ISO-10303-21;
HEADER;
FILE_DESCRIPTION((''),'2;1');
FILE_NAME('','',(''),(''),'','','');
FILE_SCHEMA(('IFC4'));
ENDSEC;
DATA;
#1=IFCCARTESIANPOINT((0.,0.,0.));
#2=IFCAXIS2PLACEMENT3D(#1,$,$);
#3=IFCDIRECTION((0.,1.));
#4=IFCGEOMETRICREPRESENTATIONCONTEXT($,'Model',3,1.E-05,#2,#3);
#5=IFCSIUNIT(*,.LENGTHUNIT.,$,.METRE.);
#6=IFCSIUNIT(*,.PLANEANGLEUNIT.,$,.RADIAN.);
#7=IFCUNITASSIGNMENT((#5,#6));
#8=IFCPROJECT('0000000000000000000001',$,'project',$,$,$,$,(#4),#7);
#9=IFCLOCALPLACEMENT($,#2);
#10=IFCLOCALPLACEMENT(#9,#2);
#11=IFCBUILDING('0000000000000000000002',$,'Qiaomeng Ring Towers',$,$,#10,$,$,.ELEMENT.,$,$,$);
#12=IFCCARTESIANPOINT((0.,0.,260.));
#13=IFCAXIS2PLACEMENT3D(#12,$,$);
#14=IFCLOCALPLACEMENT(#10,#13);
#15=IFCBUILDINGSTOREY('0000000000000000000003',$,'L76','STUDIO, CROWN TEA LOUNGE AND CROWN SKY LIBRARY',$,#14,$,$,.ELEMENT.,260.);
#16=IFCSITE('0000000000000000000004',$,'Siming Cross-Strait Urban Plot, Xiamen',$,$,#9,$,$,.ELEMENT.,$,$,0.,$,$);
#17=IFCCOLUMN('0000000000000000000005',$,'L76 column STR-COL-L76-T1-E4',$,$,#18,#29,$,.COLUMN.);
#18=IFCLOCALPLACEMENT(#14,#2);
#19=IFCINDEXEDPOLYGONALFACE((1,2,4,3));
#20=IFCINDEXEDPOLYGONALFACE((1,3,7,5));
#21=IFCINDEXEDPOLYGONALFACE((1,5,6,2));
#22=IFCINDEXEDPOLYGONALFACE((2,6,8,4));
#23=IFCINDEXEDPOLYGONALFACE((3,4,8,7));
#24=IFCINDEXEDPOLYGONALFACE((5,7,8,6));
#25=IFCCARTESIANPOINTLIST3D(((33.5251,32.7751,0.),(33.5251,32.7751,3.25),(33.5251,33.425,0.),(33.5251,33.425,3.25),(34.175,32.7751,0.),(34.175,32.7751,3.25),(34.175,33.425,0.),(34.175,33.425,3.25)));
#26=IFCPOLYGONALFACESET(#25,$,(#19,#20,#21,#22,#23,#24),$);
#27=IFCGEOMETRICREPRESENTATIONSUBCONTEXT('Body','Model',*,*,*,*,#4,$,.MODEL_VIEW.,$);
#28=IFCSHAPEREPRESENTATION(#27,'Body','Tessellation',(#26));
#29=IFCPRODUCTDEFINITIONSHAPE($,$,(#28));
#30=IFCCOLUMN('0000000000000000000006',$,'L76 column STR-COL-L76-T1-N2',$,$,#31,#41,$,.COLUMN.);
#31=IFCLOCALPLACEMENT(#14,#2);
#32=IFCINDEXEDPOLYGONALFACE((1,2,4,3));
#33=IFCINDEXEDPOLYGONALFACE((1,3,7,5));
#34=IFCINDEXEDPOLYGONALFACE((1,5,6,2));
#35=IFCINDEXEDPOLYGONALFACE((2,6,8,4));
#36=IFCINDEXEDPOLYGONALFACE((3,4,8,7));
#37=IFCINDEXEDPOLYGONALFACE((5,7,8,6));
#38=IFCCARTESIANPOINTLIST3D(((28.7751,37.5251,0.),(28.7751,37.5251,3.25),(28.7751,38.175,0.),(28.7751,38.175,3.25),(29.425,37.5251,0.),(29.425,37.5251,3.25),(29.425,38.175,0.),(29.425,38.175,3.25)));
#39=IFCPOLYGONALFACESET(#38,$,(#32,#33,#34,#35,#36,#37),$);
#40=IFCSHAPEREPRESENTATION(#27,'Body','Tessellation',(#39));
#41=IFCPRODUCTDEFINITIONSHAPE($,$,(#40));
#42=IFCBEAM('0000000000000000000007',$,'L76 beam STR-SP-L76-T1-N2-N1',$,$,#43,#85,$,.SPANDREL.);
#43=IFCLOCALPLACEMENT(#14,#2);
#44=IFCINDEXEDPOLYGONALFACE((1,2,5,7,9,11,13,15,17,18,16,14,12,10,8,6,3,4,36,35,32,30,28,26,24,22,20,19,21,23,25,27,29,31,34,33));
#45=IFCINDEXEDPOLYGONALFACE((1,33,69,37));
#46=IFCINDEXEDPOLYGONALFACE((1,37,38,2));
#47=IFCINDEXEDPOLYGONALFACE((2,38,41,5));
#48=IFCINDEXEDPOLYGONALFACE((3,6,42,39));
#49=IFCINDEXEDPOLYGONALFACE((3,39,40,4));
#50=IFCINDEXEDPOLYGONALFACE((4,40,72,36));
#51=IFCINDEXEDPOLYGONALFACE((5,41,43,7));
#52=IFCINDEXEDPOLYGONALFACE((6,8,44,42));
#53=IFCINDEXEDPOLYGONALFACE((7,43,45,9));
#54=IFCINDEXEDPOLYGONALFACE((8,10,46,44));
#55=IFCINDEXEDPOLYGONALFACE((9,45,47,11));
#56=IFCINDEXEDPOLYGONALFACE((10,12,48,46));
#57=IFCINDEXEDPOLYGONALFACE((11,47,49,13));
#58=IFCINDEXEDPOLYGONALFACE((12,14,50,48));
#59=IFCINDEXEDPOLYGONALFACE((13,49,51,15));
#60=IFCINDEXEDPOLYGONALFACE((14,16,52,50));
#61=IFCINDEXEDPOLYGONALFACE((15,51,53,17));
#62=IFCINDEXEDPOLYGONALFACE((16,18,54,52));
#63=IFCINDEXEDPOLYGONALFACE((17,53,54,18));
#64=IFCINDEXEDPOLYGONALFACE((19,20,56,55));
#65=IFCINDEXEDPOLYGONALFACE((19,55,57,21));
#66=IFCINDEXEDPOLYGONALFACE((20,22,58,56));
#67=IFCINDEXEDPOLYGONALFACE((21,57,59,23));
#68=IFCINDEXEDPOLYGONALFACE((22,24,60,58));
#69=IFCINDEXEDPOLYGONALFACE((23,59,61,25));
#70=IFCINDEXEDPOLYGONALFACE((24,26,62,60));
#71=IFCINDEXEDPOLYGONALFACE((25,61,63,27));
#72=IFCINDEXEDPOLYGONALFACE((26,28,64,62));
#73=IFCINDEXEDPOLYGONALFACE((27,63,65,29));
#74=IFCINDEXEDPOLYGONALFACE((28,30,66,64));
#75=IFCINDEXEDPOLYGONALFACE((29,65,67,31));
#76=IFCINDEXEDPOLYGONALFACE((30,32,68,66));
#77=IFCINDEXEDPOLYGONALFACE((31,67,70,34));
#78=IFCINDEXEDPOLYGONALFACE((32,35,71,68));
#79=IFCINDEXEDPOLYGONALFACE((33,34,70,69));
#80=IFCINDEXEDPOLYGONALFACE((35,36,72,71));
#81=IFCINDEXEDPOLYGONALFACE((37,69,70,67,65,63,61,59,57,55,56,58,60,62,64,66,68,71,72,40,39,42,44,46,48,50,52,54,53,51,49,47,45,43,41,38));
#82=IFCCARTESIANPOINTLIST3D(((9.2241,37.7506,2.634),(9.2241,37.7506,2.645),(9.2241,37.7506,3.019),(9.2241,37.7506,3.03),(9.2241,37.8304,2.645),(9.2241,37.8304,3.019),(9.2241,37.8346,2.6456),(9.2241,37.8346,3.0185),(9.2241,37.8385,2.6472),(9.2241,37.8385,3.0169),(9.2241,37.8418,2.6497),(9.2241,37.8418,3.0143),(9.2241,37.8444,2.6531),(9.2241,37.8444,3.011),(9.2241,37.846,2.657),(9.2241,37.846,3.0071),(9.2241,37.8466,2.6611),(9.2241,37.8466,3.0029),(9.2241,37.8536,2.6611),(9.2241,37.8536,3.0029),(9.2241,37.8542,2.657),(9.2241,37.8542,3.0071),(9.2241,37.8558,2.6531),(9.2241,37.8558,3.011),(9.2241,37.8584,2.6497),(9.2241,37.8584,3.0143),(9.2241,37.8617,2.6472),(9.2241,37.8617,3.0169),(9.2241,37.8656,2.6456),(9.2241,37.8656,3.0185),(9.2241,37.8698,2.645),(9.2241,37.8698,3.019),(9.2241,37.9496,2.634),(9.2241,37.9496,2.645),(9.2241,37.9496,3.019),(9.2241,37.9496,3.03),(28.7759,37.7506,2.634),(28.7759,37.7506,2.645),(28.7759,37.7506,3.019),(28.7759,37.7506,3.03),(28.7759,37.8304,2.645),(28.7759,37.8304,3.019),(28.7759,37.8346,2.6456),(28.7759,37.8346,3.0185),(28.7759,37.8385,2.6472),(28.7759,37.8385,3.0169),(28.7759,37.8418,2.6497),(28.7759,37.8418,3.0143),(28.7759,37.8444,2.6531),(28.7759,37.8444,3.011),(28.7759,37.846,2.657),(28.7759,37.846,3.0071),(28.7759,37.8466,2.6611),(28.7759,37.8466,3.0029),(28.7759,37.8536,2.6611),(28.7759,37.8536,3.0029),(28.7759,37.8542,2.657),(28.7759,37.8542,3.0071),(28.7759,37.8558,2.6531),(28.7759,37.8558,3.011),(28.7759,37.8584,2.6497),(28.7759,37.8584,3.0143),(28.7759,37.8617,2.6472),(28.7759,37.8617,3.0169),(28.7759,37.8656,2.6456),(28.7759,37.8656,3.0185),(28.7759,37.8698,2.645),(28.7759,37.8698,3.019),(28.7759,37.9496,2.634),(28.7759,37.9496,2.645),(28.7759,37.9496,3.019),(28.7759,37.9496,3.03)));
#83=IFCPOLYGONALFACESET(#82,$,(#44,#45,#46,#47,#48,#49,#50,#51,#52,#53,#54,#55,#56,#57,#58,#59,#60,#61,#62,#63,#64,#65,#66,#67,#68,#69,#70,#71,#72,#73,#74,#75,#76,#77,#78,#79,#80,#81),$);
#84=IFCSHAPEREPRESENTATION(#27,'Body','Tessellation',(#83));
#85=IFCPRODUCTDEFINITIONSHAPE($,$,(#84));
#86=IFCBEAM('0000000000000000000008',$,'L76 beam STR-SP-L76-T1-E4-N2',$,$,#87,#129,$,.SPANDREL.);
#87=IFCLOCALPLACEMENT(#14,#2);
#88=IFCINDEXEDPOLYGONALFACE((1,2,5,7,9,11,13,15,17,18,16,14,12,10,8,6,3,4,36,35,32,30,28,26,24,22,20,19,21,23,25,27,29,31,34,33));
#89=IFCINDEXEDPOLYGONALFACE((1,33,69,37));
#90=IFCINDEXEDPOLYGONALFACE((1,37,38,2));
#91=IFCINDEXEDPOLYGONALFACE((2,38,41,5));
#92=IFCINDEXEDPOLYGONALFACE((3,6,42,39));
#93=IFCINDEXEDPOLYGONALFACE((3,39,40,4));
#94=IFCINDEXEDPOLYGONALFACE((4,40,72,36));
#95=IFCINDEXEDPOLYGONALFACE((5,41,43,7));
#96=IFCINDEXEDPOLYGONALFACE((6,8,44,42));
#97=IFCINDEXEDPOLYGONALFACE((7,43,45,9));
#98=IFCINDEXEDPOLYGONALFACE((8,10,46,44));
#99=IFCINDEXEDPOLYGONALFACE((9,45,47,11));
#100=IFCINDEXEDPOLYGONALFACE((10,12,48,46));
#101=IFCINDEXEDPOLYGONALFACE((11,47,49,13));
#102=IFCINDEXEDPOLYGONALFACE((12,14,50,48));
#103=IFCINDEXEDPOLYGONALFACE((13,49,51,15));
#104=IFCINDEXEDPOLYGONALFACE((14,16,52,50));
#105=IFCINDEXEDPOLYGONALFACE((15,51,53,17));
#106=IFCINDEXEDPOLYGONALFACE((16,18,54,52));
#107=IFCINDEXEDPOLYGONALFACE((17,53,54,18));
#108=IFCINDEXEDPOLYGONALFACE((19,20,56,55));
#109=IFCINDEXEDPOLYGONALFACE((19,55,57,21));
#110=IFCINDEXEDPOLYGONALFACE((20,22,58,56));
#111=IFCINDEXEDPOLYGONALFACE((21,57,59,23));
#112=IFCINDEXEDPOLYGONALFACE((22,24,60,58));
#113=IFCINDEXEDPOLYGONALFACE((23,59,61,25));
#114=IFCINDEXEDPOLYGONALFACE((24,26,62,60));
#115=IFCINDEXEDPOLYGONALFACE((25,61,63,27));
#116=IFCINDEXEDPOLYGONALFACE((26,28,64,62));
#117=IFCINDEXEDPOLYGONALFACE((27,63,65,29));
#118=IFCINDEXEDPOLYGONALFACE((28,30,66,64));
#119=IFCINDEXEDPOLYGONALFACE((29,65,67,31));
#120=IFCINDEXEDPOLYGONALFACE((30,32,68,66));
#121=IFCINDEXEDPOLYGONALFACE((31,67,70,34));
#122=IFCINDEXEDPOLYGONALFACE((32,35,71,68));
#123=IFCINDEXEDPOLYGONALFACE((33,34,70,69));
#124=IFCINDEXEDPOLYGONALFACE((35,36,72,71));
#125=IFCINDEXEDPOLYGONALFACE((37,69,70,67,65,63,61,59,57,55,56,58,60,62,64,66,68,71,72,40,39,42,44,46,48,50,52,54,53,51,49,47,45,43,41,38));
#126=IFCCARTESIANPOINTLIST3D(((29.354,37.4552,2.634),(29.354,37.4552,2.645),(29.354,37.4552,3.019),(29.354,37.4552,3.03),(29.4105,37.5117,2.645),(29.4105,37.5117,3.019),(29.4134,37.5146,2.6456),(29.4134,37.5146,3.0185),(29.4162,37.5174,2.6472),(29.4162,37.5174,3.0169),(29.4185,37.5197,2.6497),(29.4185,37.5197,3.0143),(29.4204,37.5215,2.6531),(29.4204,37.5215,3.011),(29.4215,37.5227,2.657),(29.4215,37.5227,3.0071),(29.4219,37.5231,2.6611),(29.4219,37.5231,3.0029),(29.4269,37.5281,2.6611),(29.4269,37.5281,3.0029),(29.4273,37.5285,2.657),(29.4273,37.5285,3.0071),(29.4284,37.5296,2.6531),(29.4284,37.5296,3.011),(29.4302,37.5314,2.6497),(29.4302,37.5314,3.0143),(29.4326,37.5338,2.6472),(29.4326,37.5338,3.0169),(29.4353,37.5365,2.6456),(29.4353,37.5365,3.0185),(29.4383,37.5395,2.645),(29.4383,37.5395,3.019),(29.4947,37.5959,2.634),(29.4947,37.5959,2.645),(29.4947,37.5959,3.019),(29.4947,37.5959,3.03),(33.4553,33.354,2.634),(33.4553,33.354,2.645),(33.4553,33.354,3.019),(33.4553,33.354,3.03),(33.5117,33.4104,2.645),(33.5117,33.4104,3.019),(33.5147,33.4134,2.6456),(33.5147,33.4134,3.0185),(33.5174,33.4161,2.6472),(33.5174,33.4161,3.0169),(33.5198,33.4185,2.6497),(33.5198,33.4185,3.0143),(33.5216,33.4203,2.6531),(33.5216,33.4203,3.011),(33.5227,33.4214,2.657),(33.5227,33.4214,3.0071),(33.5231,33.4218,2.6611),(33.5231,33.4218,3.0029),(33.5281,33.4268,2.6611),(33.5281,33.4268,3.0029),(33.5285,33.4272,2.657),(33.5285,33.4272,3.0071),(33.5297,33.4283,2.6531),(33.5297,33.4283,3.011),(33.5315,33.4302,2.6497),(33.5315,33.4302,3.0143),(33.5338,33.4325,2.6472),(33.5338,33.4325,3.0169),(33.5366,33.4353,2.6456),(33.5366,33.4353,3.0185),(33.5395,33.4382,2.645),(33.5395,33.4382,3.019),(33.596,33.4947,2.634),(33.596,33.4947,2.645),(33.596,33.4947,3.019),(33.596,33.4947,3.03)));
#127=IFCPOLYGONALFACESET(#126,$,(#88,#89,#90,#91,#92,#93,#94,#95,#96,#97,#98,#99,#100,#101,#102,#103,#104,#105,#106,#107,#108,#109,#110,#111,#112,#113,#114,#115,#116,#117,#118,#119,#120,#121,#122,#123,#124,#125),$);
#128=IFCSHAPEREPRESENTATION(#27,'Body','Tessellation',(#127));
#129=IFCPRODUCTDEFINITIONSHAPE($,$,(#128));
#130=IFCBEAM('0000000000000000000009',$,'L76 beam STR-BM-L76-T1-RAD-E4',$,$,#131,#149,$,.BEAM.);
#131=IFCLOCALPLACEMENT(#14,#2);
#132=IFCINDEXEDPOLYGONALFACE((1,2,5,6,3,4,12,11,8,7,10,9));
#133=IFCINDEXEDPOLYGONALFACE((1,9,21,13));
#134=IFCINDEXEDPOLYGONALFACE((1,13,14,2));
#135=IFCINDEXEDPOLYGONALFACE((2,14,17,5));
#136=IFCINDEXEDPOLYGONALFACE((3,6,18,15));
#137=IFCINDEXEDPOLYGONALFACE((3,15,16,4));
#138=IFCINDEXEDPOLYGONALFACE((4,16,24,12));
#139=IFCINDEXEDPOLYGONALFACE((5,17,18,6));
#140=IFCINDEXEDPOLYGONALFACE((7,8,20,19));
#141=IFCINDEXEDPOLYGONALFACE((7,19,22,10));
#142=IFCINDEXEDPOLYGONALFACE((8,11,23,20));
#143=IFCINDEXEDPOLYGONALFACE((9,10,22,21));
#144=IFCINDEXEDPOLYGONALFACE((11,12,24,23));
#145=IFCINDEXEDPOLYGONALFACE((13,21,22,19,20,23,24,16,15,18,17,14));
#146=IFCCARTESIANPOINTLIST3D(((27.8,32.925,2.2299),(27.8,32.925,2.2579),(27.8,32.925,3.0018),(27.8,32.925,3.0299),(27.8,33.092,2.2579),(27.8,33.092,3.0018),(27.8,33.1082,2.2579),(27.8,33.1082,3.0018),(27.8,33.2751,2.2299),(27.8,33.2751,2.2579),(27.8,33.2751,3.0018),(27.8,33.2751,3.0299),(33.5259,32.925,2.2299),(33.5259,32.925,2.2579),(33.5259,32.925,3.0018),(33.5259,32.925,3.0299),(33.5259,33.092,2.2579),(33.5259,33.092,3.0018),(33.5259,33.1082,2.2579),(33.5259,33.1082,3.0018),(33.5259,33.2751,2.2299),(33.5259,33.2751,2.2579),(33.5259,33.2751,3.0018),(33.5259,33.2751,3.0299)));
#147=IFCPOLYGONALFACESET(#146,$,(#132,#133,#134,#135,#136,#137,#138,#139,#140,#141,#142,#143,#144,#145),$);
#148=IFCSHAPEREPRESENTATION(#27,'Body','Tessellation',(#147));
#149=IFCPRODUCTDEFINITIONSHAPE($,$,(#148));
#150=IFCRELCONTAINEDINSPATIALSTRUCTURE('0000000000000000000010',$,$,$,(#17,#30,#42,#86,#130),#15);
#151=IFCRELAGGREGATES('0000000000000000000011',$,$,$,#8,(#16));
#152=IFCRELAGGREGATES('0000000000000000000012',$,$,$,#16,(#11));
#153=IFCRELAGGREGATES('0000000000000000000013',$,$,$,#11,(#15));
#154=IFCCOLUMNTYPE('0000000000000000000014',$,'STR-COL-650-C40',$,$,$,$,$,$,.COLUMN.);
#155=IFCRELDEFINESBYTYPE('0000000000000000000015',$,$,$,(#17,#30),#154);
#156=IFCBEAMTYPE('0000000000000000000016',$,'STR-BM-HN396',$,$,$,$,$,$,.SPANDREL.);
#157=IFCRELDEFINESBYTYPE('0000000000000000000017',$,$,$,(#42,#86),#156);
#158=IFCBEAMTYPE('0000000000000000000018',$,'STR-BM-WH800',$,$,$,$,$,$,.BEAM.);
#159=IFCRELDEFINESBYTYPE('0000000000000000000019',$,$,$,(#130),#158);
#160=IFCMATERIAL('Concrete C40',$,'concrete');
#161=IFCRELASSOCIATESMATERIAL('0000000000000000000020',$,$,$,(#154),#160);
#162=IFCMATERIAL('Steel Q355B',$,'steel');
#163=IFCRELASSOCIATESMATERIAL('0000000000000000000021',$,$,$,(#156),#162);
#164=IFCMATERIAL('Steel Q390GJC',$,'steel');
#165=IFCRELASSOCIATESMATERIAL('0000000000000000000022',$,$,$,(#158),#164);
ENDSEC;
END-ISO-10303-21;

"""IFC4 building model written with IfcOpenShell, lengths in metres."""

from ifc_helpers import new_model, si_unit, direction, frame, origin, origin_2d, place, context, subcontext, project, spatial, rectangle, i_section, extrude, source, transform, mapped, material, material_profile, profile_set, type_object, element, save


model = new_model("IFC4")

# Units and contexts
model_context = context("Model", 3, precision=1e-05, world=origin(), true_north=direction((0.0, 1.0)))
body_context = subcontext(model_context, "Body", "Model", "MODEL_VIEW")
ifc_project = project(units=[si_unit("LENGTHUNIT", "METRE"), si_unit("PLANEANGLEUNIT", "RADIAN")], contexts=[model_context])

# Site, building, storey
site_placement = place(None, origin())
site = spatial("IfcSite", under=ifc_project, at=site_placement, Name="Siming Cross-Strait Urban Plot, Xiamen", CompositionType="ELEMENT", RefElevation=0.0)
building_placement = place(site_placement, origin())
building = spatial("IfcBuilding", under=site, at=building_placement, Name="Qiaomeng Ring Towers", CompositionType="ELEMENT")
storey_placement = place(building_placement, frame((0.0, 0.0, 260.0)))
storey = spatial("IfcBuildingStorey", under=building, at=storey_placement, Name="L76", Description="STUDIO, CROWN TEA LOUNGE AND CROWN SKY LIBRARY", CompositionType="ELEMENT", Elevation=260.0)

# Columns
ifc_material_1 = material(Name="Concrete C40", Category="concrete")
ifc_material_profile_1 = material_profile(ifc_material_1, rectangle(XDim=0.6499, YDim=0.6499, at=origin_2d()), Name="RC COL 650x650")
ifc_profile_set_1 = profile_set([ifc_material_profile_1], Name="Concrete C40")
column_type = type_object("IfcColumnType", Name="STR-COL-650-C40", PredefinedType="COLUMN", material=ifc_profile_set_1)
shared_shape_1 = source(origin(), body_context, "Body", "SweptSolid", [
    extrude(rectangle(XDim=0.6499, YDim=0.6499, at=origin_2d()), origin(), (0.0, 0.0, 1.0), 3.25),
])
for number, where, z_axis, x_axis, name in (
    (1, (33.8501, 33.1001, 0.0), (0.0, 0.0, 1.0), (1.0, 0.0, 0.0), "L76 column STR-COL-L76-T1-E4"),
    (2, (29.1001, 37.8501, 0.0), (0.0, 0.0, 1.0), (1.0, 0.0, 0.0), "L76 column STR-COL-L76-T1-N2"),
):
    element("IfcColumn", number, at=place(storey_placement, frame(where, z_axis=z_axis, x_axis=x_axis)), inside=storey, type_object=column_type, Name=name, PredefinedType="COLUMN", context=body_context, shape_type="MappedRepresentation", body=[
        mapped(shared_shape_1, transform((0.0, 0.0, 0.0), x_axis=(1.0, 0.0, 0.0), y_axis=(0.0, 1.0, 0.0), z_axis=(0.0, 0.0, 1.0), scale=1.0)),
    ])

# Beams
ifc_material_2 = material(Name="Steel Q355B", Category="steel")
ifc_material_profile_2 = material_profile(ifc_material_2, i_section(OverallWidth=0.199, OverallDepth=0.396, WebThickness=0.0071, FlangeThickness=0.011, FilletRadius=0.0161, at=origin_2d()), Name="HN 396x199x7x11")
ifc_profile_set_2 = profile_set([ifc_material_profile_2], Name="Steel Q355B")
beam_type_1 = type_object("IfcBeamType", Name="STR-BM-HN396", PredefinedType="SPANDREL", material=ifc_profile_set_2)
shared_shape_2 = source(origin(), body_context, "Body", "SweptSolid", [
    extrude(i_section(OverallWidth=0.199, OverallDepth=0.396, WebThickness=0.0071, FlangeThickness=0.011, FilletRadius=0.0161, at=origin_2d()), origin(), (0.0, 0.0, 1.0), 19.5518),
])
beam_1_placement = place(storey_placement, frame((28.7759, 37.8501, 2.832), z_axis=(-1.0, 0.0, 0.0), x_axis=(0.0, -1.0, 0.0)))
element("IfcBeam", 3, at=beam_1_placement, inside=storey, type_object=beam_type_1, Name="L76 beam STR-SP-L76-T1-N2-N1", PredefinedType="SPANDREL", context=body_context, shape_type="MappedRepresentation", body=[
    mapped(shared_shape_2, transform((0.0, 0.0, 0.0), x_axis=(1.0, 0.0, 0.0), y_axis=(0.0, 1.0, 0.0), z_axis=(0.0, 0.0, 1.0), scale=1.0)),
])
shared_shape_3 = source(origin(), body_context, "Body", "SweptSolid", [
    extrude(i_section(OverallWidth=0.199, OverallDepth=0.396, WebThickness=0.0071, FlangeThickness=0.011, FilletRadius=0.0161, at=origin_2d()), origin(), (0.0, 0.0, 1.0), 5.8),
])
beam_2_placement = place(storey_placement, frame((33.5256, 33.4243, 2.832), z_axis=(-0.707107, 0.707107, 0.0), x_axis=(-0.707107, -0.707107, 0.0)))
element("IfcBeam", 4, at=beam_2_placement, inside=storey, type_object=beam_type_1, Name="L76 beam STR-SP-L76-T1-E4-N2", PredefinedType="SPANDREL", context=body_context, shape_type="MappedRepresentation", body=[
    mapped(shared_shape_3, transform((0.0, 0.0, 0.0), x_axis=(1.0, 0.0, 0.0), y_axis=(0.0, 1.0, 0.0), z_axis=(0.0, 0.0, 1.0), scale=1.0)),
])
ifc_material_3 = material(Name="Steel Q390GJC", Category="steel")
ifc_material_profile_3 = material_profile(ifc_material_3, i_section(OverallWidth=0.3501, OverallDepth=0.8, WebThickness=0.0161, FlangeThickness=0.0281, at=origin_2d()), Name="WH 800x350x16x28")
ifc_profile_set_3 = profile_set([ifc_material_profile_3], Name="Steel Q390GJC")
beam_type_2 = type_object("IfcBeamType", Name="STR-BM-WH800", PredefinedType="BEAM", material=ifc_profile_set_3)
shared_shape_4 = source(origin(), body_context, "Body", "SweptSolid", [
    extrude(i_section(OverallWidth=0.3501, OverallDepth=0.8, WebThickness=0.0161, FlangeThickness=0.0281, at=origin_2d()), origin(), (0.0, 0.0, 1.0), 5.7258),
])
beam_3_placement = place(storey_placement, frame((27.8, 33.1001, 2.6299), z_axis=(1.0, 0.0, 0.0), x_axis=(0.0, 1.0, 0.0)))
element("IfcBeam", 5, at=beam_3_placement, inside=storey, type_object=beam_type_2, Name="L76 beam STR-BM-L76-T1-RAD-E4", PredefinedType="BEAM", context=body_context, shape_type="MappedRepresentation", body=[
    mapped(shared_shape_4, transform((0.0, 0.0, 0.0), x_axis=(1.0, 0.0, 0.0), y_axis=(0.0, 1.0, 0.0), z_axis=(0.0, 0.0, 1.0), scale=1.0)),
])

save(model, "model.ifc")
